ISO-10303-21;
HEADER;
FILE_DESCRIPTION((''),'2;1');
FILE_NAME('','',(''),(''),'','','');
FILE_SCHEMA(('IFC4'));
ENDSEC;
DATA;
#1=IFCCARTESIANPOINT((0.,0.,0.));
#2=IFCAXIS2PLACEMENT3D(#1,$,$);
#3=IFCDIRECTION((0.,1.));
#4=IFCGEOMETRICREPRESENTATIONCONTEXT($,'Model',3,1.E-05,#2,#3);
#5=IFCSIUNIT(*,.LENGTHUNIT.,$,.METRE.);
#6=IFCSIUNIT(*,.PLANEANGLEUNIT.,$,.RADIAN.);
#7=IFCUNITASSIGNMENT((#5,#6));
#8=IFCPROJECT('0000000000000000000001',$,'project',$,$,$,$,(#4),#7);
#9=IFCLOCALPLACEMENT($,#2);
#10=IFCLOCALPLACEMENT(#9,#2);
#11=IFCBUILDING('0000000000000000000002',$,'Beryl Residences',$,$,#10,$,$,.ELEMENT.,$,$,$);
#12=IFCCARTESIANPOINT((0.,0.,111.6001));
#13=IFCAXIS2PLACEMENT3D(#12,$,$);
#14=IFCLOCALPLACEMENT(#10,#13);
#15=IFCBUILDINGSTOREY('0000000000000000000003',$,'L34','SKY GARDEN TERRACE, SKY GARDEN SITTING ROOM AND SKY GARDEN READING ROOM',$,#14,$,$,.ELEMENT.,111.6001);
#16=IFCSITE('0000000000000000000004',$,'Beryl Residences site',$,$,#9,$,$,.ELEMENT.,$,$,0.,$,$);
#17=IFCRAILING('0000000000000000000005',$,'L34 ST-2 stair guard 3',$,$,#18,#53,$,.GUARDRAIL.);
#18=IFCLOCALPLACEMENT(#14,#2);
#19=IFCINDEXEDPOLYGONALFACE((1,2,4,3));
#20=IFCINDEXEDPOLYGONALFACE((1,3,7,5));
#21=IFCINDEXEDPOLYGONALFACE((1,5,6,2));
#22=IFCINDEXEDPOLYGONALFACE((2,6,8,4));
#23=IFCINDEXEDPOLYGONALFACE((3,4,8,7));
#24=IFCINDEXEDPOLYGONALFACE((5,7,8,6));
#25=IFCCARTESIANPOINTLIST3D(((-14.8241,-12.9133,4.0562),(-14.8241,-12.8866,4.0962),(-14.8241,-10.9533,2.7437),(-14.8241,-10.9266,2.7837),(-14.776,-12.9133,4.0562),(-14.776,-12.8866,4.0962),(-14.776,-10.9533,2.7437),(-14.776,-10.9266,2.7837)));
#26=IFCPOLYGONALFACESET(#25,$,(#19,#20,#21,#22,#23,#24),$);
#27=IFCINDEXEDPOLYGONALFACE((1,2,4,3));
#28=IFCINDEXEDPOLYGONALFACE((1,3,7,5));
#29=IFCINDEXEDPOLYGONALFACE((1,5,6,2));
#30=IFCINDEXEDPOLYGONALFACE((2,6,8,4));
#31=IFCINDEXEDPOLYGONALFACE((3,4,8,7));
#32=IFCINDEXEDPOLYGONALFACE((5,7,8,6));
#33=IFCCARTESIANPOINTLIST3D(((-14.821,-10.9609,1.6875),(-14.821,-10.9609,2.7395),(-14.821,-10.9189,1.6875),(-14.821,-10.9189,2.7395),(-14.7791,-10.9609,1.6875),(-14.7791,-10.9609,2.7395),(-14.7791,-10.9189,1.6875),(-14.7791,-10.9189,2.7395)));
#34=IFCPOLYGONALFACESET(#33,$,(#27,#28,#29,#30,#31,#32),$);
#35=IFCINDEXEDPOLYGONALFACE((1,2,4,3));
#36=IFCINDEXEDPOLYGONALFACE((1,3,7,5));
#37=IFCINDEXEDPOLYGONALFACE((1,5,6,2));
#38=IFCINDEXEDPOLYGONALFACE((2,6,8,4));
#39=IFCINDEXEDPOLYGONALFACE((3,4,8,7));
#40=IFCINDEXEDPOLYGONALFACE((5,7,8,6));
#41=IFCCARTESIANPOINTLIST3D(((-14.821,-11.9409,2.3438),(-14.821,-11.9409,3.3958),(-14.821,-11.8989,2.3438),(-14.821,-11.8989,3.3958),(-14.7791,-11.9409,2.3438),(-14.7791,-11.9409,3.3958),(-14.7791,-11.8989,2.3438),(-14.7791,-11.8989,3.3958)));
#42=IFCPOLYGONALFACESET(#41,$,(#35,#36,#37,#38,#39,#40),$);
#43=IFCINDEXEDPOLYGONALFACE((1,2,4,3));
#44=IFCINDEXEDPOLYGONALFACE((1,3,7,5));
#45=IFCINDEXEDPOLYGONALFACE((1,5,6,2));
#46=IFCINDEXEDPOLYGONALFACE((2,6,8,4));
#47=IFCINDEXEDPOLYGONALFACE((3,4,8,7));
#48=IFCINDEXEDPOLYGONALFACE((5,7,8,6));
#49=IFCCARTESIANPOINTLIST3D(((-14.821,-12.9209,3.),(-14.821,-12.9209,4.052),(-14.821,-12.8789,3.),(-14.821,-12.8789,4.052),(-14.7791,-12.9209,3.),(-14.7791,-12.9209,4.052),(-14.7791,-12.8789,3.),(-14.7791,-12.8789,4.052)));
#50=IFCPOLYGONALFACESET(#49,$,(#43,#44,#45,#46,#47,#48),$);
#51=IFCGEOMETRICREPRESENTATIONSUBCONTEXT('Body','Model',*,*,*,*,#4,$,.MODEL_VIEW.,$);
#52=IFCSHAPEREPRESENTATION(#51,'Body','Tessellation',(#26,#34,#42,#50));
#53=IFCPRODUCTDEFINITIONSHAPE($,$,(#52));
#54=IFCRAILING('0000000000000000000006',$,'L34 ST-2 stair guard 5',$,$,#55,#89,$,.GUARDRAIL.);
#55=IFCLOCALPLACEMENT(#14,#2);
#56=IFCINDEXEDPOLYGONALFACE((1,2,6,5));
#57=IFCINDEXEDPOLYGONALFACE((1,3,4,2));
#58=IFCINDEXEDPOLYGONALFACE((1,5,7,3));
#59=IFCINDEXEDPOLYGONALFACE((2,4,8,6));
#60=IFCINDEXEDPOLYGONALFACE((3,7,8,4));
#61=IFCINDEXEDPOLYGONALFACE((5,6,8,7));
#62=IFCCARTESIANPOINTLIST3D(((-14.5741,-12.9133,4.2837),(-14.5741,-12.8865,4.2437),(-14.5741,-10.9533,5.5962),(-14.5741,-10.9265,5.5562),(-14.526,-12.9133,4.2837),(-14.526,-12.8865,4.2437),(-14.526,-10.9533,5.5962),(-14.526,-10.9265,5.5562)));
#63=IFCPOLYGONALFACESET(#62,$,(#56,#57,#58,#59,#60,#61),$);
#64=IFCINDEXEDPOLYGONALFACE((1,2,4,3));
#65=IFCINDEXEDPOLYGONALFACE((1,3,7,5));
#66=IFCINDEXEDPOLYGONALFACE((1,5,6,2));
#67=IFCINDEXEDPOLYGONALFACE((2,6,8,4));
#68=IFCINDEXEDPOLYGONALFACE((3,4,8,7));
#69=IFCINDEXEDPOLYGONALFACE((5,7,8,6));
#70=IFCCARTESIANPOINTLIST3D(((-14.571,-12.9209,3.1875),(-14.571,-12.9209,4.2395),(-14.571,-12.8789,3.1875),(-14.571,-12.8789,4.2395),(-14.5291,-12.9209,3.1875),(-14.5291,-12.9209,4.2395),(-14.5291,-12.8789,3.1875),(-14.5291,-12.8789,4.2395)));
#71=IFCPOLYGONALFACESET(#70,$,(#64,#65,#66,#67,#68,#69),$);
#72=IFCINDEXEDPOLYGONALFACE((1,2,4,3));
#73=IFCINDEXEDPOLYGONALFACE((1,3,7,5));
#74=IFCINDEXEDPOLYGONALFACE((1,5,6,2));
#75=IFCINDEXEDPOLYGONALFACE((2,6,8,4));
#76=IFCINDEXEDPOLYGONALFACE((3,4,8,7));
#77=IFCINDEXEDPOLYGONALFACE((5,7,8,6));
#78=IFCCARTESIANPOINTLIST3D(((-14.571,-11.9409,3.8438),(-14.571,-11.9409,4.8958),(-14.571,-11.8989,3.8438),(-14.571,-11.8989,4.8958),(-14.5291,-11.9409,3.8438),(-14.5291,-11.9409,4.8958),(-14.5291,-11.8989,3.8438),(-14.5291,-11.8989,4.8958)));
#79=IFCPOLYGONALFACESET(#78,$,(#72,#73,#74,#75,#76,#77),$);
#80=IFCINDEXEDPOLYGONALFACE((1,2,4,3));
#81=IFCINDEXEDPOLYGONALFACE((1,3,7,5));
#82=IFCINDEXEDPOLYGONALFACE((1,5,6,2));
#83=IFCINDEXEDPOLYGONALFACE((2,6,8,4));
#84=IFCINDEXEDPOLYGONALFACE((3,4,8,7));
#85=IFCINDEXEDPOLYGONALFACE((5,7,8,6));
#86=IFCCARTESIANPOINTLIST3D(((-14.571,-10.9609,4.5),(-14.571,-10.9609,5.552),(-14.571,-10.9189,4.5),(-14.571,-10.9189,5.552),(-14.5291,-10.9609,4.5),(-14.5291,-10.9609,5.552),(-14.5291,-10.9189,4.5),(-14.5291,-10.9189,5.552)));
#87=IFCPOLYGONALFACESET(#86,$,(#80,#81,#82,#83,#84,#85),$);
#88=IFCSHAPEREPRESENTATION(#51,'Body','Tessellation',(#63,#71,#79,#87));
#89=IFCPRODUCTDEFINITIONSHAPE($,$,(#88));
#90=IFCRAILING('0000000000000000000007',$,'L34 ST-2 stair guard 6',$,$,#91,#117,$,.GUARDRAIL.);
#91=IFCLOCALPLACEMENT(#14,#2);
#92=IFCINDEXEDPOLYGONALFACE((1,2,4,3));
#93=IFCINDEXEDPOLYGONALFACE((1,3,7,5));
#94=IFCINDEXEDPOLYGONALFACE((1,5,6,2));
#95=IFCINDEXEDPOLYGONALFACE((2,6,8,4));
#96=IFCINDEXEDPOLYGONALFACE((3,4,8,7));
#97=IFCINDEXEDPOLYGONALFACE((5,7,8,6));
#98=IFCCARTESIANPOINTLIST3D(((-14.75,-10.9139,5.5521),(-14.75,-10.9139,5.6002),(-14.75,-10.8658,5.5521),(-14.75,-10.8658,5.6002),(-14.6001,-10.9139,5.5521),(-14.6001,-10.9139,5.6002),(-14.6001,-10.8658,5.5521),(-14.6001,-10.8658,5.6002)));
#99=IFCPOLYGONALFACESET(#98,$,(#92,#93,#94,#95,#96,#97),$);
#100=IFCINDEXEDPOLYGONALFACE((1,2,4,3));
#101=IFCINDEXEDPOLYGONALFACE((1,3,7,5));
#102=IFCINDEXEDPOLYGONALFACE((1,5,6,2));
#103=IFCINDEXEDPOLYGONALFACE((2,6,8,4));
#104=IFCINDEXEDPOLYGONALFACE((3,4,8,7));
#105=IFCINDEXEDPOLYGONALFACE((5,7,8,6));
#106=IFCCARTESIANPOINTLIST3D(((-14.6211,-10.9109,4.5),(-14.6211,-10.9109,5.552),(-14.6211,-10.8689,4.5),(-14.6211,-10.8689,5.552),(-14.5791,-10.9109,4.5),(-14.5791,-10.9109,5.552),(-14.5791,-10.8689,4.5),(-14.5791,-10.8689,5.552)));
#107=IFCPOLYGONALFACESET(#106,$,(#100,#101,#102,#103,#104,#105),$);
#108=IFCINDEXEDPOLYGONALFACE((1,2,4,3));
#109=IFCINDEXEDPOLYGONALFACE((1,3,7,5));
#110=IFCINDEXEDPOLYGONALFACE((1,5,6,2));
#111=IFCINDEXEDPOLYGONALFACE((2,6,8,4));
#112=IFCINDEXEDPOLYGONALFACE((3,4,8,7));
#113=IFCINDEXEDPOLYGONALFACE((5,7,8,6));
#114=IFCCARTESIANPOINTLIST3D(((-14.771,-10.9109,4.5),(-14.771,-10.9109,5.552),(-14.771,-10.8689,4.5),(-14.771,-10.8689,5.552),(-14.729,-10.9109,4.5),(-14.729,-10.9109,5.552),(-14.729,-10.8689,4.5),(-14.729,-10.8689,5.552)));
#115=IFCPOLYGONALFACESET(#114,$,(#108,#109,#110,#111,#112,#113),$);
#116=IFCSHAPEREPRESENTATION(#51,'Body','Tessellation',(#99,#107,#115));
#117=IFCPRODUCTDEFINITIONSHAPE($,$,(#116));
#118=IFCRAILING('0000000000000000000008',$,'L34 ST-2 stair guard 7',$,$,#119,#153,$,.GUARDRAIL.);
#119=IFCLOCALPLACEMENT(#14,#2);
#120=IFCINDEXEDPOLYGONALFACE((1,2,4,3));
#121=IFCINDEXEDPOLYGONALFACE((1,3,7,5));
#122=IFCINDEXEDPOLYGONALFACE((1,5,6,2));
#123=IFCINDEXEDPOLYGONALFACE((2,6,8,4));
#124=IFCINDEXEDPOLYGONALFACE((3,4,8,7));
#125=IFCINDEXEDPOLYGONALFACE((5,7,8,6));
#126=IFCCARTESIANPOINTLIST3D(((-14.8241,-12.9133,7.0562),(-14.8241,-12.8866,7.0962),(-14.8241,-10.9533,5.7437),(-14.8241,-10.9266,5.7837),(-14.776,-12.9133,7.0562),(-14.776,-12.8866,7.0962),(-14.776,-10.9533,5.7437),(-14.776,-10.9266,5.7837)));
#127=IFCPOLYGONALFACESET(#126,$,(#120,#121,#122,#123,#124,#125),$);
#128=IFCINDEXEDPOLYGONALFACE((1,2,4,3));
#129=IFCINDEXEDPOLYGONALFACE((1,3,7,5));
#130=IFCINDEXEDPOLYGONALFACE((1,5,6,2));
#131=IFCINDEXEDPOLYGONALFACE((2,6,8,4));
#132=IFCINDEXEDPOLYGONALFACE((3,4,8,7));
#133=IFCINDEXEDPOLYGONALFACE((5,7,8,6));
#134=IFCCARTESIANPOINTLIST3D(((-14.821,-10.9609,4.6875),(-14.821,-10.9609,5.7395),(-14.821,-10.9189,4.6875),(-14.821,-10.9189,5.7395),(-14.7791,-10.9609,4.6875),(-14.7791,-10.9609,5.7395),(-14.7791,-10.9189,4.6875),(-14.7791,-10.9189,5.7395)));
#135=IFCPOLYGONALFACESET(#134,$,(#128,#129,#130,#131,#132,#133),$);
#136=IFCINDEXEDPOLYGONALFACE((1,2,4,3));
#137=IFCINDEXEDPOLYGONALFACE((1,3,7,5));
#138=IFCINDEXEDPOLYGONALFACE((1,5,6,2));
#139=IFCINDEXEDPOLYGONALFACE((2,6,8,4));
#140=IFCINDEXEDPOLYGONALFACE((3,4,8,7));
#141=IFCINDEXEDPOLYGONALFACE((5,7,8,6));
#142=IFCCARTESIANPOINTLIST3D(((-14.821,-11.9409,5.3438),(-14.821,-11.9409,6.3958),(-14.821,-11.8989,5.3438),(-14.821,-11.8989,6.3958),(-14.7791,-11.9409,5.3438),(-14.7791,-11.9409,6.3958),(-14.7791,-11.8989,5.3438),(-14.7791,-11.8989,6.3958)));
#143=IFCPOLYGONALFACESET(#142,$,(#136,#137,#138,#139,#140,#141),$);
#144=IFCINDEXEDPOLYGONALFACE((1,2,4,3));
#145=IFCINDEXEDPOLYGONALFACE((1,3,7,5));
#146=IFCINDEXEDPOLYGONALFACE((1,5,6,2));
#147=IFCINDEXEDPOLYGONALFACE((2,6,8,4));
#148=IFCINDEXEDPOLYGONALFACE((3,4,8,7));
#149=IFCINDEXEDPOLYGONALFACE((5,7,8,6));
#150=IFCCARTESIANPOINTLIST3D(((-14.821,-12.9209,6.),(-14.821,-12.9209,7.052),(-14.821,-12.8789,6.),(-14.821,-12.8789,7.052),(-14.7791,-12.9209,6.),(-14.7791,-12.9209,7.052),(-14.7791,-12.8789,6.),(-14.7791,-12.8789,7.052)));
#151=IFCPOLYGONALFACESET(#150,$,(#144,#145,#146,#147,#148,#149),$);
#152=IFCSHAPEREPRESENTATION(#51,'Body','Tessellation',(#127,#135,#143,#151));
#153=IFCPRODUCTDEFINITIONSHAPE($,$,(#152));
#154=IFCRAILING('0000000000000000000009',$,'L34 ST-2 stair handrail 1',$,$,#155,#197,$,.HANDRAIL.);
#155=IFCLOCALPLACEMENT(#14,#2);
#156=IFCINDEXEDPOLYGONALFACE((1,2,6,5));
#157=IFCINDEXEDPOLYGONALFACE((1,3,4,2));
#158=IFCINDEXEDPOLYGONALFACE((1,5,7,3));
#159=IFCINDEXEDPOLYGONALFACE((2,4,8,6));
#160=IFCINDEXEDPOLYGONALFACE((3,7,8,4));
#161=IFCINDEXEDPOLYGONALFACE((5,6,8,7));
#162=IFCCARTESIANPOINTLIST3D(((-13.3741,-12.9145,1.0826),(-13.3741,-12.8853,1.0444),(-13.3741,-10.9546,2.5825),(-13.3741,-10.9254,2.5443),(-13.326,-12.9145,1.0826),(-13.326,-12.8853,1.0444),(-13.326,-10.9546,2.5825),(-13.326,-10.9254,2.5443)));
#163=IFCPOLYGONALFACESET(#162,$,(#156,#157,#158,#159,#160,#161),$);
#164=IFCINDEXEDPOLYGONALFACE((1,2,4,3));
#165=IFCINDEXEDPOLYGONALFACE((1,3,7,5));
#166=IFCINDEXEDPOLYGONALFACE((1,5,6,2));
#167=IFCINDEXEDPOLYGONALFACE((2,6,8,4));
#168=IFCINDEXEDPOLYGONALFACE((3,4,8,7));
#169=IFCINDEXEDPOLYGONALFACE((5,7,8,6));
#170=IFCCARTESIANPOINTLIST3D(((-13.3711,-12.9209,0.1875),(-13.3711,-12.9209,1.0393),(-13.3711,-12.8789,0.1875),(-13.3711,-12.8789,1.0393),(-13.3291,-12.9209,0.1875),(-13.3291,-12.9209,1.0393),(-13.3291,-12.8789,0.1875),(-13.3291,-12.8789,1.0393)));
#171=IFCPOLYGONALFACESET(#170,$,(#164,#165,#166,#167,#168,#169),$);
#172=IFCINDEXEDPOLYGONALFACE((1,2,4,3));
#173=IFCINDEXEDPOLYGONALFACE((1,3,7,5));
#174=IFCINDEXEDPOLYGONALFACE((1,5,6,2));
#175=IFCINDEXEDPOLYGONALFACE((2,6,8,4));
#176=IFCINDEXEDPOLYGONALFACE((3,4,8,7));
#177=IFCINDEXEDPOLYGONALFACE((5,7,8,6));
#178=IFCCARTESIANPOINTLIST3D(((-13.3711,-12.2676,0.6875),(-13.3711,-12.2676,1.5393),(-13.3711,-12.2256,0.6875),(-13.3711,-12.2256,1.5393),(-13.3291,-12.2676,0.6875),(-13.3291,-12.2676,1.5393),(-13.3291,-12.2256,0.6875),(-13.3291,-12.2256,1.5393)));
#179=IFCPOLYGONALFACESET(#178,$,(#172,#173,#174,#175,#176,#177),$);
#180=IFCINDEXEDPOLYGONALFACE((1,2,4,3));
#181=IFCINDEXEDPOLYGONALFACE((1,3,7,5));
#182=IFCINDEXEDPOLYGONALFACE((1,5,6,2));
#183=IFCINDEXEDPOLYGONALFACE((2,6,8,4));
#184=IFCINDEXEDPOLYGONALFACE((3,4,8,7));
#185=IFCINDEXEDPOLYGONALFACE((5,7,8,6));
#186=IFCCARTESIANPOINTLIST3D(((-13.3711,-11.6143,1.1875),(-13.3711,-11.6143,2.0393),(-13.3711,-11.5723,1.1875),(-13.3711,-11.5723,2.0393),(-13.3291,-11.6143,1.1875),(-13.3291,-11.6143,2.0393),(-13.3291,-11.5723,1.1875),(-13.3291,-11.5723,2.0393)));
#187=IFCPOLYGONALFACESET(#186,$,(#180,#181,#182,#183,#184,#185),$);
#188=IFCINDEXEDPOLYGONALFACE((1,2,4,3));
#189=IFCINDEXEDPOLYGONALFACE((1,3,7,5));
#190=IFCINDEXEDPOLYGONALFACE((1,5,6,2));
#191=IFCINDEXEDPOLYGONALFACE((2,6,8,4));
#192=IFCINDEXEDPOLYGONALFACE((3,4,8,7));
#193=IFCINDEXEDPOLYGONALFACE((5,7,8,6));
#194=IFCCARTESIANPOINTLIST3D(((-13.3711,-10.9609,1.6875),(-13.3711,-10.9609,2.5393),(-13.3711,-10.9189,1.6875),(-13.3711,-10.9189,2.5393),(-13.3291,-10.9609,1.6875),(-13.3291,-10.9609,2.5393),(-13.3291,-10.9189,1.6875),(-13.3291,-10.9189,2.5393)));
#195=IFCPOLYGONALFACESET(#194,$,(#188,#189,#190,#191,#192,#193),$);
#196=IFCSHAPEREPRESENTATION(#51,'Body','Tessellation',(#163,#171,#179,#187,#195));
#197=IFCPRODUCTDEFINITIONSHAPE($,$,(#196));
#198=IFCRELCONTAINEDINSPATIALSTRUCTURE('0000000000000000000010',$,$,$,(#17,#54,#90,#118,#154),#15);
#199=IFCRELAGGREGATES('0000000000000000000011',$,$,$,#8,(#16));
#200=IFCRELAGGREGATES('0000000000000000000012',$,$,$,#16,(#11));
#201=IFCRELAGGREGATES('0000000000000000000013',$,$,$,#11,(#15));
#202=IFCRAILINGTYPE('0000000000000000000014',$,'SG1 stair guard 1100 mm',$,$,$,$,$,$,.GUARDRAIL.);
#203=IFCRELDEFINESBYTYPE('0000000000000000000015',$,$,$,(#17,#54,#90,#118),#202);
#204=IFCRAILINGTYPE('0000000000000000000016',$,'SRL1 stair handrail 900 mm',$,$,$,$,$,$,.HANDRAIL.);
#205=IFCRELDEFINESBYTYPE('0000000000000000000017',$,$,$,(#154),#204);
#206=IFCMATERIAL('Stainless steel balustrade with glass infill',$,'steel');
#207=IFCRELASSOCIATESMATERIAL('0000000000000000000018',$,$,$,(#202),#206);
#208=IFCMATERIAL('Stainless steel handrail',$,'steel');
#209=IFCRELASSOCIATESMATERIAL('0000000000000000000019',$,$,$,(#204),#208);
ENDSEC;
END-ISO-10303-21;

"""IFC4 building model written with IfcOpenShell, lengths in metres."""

from ifc_helpers import new_model, si_unit, direction, frame, origin, origin_2d, place, context, subcontext, project, spatial, rectangle, extrude, material, type_object, element, save


model = new_model("IFC4")

# Units and contexts
model_context = context("Model", 3, precision=1e-05, world=origin(), true_north=direction((0.0, 1.0)))
body_context = subcontext(model_context, "Body", "Model", "MODEL_VIEW")
ifc_project = project(units=[si_unit("LENGTHUNIT", "METRE"), si_unit("PLANEANGLEUNIT", "RADIAN")], contexts=[model_context])

# Site, building, storey
site_placement = place(None, origin())
site = spatial("IfcSite", under=ifc_project, at=site_placement, Name="Beryl Residences site", CompositionType="ELEMENT", RefElevation=0.0)
building_placement = place(site_placement, origin())
building = spatial("IfcBuilding", under=site, at=building_placement, Name="Beryl Residences", CompositionType="ELEMENT")
storey_placement = place(building_placement, frame((0.0, 0.0, 111.6001)))
storey = spatial("IfcBuildingStorey", under=building, at=storey_placement, Name="L34", Description="SKY GARDEN TERRACE, SKY GARDEN SITTING ROOM AND SKY GARDEN READING ROOM", CompositionType="ELEMENT", Elevation=111.6001)

# Railings
ifc_material_1 = material(Name="Stainless steel balustrade with glass infill", Category="steel")
railing_type_1 = type_object("IfcRailingType", Name="SG1 stair guard 1100 mm", PredefinedType="GUARDRAIL", material=ifc_material_1)
railing_1_placement = place(storey_placement, frame((-14.8, -10.9399, 1.6875)))
element("IfcRailing", 1, at=railing_1_placement, inside=storey, type_object=railing_type_1, Name="L34 ST-2 stair guard 3", PredefinedType="GUARDRAIL", context=body_context, shape_type="SweptSolid", body=[
    extrude(rectangle(XDim=0.0481, YDim=0.0481, at=origin_2d()), frame((0.0, 0.0, 1.0762), z_axis=(0.0, -0.830902, 0.556419), x_axis=(1.0, 0.0, 0.0)), (0.0, 0.0, 1.0), 2.3589),
    extrude(rectangle(XDim=0.042, YDim=0.042, at=origin_2d()), origin(), (0.0, 0.0, 1.0), 1.052),
    extrude(rectangle(XDim=0.042, YDim=0.042, at=origin_2d()), frame((0.0, -0.98, 0.6562)), (0.0, 0.0, 1.0), 1.052),
    extrude(rectangle(XDim=0.042, YDim=0.042, at=origin_2d()), frame((0.0, -1.96, 1.3125)), (0.0, 0.0, 1.0), 1.052),
])
railing_2_placement = place(storey_placement, frame((-14.55, -12.8999, 3.1875)))
element("IfcRailing", 2, at=railing_2_placement, inside=storey, type_object=railing_type_1, Name="L34 ST-2 stair guard 5", PredefinedType="GUARDRAIL", context=body_context, shape_type="SweptSolid", body=[
    extrude(rectangle(XDim=0.0481, YDim=0.0481, at=origin_2d()), frame((0.0, 0.0, 1.0762), z_axis=(0.0, 0.830902, 0.556419), x_axis=(-1.0, 0.0, 0.0)), (0.0, 0.0, 1.0), 2.3589),
    extrude(rectangle(XDim=0.042, YDim=0.042, at=origin_2d()), origin(), (0.0, 0.0, 1.0), 1.052),
    extrude(rectangle(XDim=0.042, YDim=0.042, at=origin_2d()), frame((0.0, 0.98, 0.6562)), (0.0, 0.0, 1.0), 1.052),
    extrude(rectangle(XDim=0.042, YDim=0.042, at=origin_2d()), frame((0.0, 1.96, 1.3125)), (0.0, 0.0, 1.0), 1.052),
])
railing_3_placement = place(storey_placement, frame((-14.6001, -10.8899, 4.5)))
element("IfcRailing", 3, at=railing_3_placement, inside=storey, type_object=railing_type_1, Name="L34 ST-2 stair guard 6", PredefinedType="GUARDRAIL", context=body_context, shape_type="SweptSolid", body=[
    extrude(rectangle(XDim=0.0481, YDim=0.0481, at=origin_2d()), frame((0.0, 0.0, 1.0762), z_axis=(-1.0, 0.0, 0.0), x_axis=(0.0, -1.0, 0.0)), (0.0, 0.0, 1.0), 0.1499),
    extrude(rectangle(XDim=0.042, YDim=0.042, at=origin_2d()), origin(), (0.0, 0.0, 1.0), 1.052),
    extrude(rectangle(XDim=0.042, YDim=0.042, at=origin_2d()), frame((-0.1499, 0.0, 0.0)), (0.0, 0.0, 1.0), 1.052),
])
railing_4_placement = place(storey_placement, frame((-14.8, -10.9399, 4.6875)))
element("IfcRailing", 4, at=railing_4_placement, inside=storey, type_object=railing_type_1, Name="L34 ST-2 stair guard 7", PredefinedType="GUARDRAIL", context=body_context, shape_type="SweptSolid", body=[
    extrude(rectangle(XDim=0.0481, YDim=0.0481, at=origin_2d()), frame((0.0, 0.0, 1.0762), z_axis=(0.0, -0.830902, 0.556419), x_axis=(1.0, 0.0, 0.0)), (0.0, 0.0, 1.0), 2.3589),
    extrude(rectangle(XDim=0.042, YDim=0.042, at=origin_2d()), origin(), (0.0, 0.0, 1.0), 1.052),
    extrude(rectangle(XDim=0.042, YDim=0.042, at=origin_2d()), frame((0.0, -0.98, 0.6562)), (0.0, 0.0, 1.0), 1.052),
    extrude(rectangle(XDim=0.042, YDim=0.042, at=origin_2d()), frame((0.0, -1.96, 1.3125)), (0.0, 0.0, 1.0), 1.052),
])
ifc_material_2 = material(Name="Stainless steel handrail", Category="steel")
railing_type_2 = type_object("IfcRailingType", Name="SRL1 stair handrail 900 mm", PredefinedType="HANDRAIL", material=ifc_material_2)
railing_5_placement = place(storey_placement, frame((-13.3501, -12.8999, 0.1875)))
element("IfcRailing", 5, at=railing_5_placement, inside=storey, type_object=railing_type_2, Name="L34 ST-2 stair handrail 1", PredefinedType="HANDRAIL", context=body_context, shape_type="SweptSolid", body=[
    extrude(rectangle(XDim=0.0481, YDim=0.0481, at=origin_2d()), frame((0.0, 0.0, 0.876), z_axis=(0.0, 0.794122, 0.607758), x_axis=(-1.0, 0.0, 0.0)), (0.0, 0.0, 1.0), 2.468),
    extrude(rectangle(XDim=0.042, YDim=0.042, at=origin_2d()), origin(), (0.0, 0.0, 1.0), 0.8518),
    extrude(rectangle(XDim=0.042, YDim=0.042, at=origin_2d()), frame((0.0, 0.6533, 0.5)), (0.0, 0.0, 1.0), 0.8518),
    extrude(rectangle(XDim=0.042, YDim=0.042, at=origin_2d()), frame((0.0, 1.3066, 1.0)), (0.0, 0.0, 1.0), 0.8518),
    extrude(rectangle(XDim=0.042, YDim=0.042, at=origin_2d()), frame((0.0, 1.96, 1.5)), (0.0, 0.0, 1.0), 0.8518),
])

save(model, "model.ifc")
